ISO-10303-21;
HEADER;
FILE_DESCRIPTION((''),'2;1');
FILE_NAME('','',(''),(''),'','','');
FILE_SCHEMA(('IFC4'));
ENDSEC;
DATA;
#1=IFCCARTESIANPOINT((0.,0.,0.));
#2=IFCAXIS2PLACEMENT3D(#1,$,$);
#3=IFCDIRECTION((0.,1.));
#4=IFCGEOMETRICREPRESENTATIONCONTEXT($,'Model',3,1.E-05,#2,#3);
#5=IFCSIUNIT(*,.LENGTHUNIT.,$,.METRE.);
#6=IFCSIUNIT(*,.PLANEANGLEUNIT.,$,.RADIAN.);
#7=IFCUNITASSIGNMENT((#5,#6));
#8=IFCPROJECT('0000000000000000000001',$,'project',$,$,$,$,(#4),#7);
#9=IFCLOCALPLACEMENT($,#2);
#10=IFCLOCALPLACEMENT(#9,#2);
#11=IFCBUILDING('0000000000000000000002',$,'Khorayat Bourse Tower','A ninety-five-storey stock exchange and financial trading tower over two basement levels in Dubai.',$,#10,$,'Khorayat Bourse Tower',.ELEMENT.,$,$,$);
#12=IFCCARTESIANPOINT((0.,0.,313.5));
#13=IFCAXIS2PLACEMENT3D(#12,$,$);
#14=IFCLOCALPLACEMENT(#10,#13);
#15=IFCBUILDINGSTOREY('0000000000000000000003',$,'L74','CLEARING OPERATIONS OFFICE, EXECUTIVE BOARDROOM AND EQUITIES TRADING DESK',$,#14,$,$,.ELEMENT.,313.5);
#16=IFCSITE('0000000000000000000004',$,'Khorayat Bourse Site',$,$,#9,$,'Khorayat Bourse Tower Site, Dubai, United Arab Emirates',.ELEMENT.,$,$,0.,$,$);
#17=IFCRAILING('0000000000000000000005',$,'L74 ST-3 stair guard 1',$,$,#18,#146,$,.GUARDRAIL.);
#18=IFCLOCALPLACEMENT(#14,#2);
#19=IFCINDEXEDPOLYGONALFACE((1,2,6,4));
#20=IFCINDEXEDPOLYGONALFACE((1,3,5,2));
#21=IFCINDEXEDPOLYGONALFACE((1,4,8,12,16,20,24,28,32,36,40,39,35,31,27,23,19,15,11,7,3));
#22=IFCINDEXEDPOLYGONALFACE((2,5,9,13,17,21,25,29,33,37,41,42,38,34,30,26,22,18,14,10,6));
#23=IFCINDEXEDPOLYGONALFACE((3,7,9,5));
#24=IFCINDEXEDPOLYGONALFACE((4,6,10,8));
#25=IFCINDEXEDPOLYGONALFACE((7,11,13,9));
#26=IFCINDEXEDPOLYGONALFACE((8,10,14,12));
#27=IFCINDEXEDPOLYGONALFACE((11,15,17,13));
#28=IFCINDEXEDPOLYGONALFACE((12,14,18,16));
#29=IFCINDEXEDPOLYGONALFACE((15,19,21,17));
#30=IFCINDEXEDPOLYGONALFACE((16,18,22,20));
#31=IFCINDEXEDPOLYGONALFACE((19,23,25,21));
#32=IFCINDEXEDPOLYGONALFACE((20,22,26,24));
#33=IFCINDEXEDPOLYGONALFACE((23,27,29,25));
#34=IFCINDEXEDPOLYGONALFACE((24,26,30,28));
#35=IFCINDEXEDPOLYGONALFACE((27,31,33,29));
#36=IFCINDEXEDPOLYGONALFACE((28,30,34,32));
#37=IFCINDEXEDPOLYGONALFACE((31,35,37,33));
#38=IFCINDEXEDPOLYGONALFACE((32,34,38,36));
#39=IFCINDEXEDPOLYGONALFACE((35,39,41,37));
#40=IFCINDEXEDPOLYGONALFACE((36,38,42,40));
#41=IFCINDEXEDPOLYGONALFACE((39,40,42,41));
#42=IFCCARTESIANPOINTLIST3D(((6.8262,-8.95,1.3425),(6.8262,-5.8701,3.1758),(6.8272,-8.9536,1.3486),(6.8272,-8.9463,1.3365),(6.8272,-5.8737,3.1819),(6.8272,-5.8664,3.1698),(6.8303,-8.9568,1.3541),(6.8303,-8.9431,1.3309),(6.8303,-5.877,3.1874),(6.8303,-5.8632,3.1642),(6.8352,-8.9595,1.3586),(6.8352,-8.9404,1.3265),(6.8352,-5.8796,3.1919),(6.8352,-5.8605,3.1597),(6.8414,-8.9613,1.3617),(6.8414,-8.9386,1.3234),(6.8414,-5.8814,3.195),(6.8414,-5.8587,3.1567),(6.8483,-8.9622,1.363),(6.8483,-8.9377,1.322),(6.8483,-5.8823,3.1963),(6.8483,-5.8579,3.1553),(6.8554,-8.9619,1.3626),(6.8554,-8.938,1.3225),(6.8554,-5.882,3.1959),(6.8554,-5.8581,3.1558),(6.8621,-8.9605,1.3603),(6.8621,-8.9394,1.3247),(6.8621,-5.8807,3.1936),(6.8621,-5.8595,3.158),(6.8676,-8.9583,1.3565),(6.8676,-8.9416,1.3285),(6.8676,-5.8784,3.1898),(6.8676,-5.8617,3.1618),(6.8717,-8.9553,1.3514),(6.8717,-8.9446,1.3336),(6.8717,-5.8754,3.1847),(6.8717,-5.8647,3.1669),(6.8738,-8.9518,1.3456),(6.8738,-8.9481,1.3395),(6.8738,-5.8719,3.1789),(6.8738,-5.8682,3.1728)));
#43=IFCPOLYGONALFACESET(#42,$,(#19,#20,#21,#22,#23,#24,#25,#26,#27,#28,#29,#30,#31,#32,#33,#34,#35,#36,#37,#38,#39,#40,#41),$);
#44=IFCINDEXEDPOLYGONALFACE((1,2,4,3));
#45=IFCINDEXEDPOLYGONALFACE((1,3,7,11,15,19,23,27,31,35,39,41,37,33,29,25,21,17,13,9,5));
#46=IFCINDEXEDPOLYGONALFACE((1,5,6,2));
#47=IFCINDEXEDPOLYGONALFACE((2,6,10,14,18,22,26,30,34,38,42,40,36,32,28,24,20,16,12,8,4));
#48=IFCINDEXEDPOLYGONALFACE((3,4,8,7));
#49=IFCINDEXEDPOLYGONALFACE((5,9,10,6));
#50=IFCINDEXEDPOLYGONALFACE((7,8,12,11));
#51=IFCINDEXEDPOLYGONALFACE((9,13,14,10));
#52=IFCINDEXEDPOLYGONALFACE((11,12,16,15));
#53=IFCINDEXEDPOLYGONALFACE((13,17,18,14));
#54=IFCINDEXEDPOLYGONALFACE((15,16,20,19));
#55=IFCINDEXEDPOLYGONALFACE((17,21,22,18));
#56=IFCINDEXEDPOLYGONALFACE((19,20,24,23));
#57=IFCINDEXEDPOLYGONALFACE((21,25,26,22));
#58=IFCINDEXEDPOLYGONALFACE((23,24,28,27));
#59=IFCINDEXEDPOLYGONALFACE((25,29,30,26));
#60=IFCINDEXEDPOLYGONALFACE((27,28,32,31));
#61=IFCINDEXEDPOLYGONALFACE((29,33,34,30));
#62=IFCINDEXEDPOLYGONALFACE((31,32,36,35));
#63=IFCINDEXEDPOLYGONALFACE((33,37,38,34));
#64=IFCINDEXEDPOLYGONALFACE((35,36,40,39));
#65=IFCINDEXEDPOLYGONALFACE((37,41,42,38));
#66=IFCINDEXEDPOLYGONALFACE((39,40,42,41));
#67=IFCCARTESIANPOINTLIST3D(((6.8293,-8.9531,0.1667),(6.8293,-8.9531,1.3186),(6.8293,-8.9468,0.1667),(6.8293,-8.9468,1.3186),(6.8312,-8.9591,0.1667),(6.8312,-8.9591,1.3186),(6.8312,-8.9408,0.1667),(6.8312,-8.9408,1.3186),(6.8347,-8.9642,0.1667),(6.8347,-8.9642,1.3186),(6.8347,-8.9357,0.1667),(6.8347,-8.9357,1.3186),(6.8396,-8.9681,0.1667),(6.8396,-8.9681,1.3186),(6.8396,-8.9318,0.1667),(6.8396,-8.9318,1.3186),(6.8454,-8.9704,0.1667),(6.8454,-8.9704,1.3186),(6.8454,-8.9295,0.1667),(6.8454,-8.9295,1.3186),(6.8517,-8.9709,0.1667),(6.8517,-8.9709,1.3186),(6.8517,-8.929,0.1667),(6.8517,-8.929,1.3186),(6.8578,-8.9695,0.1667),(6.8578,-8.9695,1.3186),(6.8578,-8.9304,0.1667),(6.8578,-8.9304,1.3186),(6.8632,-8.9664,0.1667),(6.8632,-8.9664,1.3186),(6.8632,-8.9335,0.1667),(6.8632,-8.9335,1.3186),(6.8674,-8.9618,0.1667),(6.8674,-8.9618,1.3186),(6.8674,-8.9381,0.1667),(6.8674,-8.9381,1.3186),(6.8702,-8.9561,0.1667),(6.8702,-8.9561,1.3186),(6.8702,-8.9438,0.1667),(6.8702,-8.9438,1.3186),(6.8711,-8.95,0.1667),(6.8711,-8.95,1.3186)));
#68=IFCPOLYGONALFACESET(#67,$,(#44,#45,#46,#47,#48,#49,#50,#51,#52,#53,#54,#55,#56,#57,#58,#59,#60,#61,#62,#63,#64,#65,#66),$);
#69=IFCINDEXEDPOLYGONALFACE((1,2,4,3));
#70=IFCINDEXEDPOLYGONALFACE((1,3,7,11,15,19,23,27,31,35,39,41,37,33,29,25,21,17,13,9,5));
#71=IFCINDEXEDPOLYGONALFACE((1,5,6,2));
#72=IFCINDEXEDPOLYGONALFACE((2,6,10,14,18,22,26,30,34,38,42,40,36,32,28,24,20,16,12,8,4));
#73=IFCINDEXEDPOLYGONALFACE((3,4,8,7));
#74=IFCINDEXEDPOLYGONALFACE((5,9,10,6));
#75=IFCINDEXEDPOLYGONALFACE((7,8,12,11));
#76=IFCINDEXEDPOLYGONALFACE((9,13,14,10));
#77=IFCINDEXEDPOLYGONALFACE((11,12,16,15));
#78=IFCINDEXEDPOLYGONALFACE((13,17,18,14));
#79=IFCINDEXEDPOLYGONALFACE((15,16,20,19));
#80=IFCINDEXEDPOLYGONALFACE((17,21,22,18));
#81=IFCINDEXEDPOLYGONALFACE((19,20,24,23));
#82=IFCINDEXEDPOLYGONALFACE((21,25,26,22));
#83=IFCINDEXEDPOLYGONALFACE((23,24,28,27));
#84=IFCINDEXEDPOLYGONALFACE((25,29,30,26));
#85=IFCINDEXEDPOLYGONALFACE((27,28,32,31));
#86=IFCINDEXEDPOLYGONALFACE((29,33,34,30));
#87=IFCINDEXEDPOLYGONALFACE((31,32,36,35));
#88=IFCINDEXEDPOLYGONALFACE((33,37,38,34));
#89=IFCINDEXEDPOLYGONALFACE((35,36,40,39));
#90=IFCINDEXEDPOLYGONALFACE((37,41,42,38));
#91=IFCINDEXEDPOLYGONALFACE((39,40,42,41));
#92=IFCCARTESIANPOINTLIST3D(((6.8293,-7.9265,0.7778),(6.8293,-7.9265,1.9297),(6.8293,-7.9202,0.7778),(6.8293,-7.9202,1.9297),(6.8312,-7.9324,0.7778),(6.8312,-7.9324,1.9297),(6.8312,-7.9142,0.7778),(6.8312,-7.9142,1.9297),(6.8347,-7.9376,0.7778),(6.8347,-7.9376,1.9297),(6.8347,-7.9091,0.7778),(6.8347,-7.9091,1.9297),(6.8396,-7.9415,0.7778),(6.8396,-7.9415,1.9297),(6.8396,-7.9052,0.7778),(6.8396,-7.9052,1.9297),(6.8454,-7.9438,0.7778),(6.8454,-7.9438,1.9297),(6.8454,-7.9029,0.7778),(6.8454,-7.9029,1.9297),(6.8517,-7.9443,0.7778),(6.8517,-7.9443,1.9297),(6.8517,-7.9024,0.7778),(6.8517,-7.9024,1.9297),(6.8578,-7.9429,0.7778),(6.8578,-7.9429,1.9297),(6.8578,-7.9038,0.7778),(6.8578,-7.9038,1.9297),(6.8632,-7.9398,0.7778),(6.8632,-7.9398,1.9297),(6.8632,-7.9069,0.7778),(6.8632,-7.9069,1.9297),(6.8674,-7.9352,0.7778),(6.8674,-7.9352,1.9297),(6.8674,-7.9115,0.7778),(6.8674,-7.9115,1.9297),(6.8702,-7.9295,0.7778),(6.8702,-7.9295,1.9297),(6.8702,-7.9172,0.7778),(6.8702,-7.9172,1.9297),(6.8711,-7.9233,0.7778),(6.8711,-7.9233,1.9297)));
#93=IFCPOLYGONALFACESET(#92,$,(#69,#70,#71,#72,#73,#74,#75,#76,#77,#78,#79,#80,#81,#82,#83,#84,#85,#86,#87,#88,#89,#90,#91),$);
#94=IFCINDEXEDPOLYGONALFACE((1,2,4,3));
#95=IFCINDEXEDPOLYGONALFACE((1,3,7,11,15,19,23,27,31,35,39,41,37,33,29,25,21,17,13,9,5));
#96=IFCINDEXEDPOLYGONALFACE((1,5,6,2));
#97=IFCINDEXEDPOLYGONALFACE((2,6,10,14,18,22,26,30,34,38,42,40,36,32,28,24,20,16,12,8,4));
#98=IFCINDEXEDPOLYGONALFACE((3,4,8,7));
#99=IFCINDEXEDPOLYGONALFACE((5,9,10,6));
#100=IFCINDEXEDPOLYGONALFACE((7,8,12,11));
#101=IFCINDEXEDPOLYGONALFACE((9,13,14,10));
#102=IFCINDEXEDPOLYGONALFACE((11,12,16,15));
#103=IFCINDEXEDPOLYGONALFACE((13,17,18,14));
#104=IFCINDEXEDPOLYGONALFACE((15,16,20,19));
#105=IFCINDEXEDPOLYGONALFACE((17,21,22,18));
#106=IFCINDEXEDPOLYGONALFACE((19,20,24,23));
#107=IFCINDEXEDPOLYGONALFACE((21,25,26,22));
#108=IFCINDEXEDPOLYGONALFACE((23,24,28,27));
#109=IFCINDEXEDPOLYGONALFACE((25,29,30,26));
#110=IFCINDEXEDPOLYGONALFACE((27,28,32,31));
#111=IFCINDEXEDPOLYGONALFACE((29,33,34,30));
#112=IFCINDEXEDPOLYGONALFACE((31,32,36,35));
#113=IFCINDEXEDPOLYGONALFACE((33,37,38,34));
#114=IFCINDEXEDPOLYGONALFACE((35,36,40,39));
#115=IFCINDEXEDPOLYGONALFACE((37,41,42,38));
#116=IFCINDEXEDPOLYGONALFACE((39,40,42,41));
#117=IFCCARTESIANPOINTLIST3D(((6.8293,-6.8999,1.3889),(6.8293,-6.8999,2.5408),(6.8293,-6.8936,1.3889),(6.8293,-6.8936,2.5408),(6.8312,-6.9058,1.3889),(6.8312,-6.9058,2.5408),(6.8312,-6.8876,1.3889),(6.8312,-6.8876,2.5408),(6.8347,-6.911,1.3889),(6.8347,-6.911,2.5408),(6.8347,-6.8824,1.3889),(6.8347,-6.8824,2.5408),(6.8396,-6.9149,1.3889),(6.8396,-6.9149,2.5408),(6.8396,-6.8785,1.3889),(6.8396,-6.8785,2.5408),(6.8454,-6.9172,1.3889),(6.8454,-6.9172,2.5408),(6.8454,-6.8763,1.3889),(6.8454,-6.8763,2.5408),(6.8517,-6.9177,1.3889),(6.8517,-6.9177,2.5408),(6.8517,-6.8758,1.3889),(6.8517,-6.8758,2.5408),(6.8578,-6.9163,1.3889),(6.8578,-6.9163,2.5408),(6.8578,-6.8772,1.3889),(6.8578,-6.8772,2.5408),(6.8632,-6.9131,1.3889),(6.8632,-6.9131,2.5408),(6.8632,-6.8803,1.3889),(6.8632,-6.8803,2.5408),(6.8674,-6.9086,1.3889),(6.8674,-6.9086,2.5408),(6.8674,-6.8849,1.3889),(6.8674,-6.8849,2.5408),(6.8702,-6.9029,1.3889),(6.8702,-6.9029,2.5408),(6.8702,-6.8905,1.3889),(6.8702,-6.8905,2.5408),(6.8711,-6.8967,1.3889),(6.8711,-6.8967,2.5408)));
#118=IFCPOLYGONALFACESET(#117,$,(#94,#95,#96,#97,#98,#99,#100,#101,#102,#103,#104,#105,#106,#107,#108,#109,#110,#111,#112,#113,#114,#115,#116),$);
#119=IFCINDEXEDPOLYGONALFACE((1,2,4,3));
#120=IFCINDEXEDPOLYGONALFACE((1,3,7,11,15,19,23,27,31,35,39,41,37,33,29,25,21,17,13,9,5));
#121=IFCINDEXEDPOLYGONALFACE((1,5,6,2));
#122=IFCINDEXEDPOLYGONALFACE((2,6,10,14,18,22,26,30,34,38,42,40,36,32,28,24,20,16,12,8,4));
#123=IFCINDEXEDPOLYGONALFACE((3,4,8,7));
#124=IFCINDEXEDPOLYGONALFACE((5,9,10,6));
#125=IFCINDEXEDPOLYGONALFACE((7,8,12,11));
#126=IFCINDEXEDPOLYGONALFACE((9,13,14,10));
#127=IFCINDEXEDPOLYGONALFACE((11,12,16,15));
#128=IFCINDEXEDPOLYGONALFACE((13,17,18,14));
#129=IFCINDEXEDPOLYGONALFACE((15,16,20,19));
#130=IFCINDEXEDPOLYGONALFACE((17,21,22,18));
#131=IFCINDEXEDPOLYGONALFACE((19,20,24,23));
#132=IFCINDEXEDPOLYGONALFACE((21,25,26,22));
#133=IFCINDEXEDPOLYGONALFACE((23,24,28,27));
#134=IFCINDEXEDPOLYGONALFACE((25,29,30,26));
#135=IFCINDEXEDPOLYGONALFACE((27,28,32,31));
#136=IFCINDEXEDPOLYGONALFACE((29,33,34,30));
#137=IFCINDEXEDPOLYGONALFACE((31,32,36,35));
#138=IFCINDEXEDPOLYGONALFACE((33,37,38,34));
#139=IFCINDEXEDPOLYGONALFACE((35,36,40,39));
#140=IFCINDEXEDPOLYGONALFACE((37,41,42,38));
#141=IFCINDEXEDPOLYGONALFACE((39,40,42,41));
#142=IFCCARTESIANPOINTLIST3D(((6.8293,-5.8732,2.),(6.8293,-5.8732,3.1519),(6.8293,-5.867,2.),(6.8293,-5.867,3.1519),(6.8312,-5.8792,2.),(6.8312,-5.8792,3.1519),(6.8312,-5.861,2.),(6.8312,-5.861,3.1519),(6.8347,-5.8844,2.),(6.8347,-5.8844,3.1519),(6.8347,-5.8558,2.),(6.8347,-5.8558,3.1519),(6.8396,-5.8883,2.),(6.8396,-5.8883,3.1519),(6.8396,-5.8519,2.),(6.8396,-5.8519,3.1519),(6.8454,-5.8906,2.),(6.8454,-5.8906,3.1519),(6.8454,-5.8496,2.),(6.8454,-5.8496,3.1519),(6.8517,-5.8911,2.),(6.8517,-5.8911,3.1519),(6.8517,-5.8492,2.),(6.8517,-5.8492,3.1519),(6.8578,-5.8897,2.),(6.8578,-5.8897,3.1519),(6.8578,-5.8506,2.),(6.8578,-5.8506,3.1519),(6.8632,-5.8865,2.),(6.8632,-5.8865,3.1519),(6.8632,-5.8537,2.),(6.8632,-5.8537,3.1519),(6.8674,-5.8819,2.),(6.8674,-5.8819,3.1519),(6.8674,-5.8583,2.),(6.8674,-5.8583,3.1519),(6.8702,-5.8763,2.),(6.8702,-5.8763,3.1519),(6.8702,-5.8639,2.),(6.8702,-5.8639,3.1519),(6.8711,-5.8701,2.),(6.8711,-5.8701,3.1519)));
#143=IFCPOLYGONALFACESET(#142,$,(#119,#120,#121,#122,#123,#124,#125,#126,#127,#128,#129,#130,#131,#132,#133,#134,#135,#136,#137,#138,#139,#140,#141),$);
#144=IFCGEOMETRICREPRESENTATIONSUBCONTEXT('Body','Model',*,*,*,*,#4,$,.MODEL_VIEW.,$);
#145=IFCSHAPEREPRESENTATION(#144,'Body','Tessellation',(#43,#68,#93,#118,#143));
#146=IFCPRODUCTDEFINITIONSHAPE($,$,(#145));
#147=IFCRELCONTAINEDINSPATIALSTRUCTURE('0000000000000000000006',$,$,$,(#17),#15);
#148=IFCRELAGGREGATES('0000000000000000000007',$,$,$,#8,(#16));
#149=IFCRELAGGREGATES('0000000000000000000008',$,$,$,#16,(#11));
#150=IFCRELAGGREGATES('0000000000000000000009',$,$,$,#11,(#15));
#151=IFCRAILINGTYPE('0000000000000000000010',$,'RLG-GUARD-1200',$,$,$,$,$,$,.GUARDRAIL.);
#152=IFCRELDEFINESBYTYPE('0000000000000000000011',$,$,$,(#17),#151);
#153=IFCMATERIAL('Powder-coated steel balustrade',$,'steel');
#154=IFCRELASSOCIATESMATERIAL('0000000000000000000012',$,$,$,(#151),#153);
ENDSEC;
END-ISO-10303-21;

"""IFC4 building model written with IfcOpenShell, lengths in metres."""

from ifc_helpers import new_model, si_unit, direction, frame, origin, origin_2d, place, context, subcontext, project, spatial, circle, extrude, source, transform, mapped, material, type_object, element, save


model = new_model("IFC4")

# Units and contexts
model_context = context("Model", 3, precision=1e-05, world=origin(), true_north=direction((0.0, 1.0)))
body_context = subcontext(model_context, "Body", "Model", "MODEL_VIEW")
ifc_project = project(units=[si_unit("LENGTHUNIT", "METRE"), si_unit("PLANEANGLEUNIT", "RADIAN")], contexts=[model_context])

# Site, building, storey
site_placement = place(None, origin())
site = spatial("IfcSite", under=ifc_project, at=site_placement, Name="Khorayat Bourse Site", LongName="Khorayat Bourse Tower Site, Dubai, United Arab Emirates", CompositionType="ELEMENT", RefElevation=0.0)
building_placement = place(site_placement, origin())
building = spatial("IfcBuilding", under=site, at=building_placement, Name="Khorayat Bourse Tower", Description="A ninety-five-storey stock exchange and financial trading tower over two basement levels in Dubai.", LongName="Khorayat Bourse Tower", CompositionType="ELEMENT")
storey_placement = place(building_placement, frame((0.0, 0.0, 313.5)))
storey = spatial("IfcBuildingStorey", under=building, at=storey_placement, Name="L74", Description="CLEARING OPERATIONS OFFICE, EXECUTIVE BOARDROOM AND EQUITIES TRADING DESK", CompositionType="ELEMENT", Elevation=313.5)

# Railing
ifc_material_1 = material(Name="Powder-coated steel balustrade", Category="steel")
railing_type_1 = type_object("IfcRailingType", Name="RLG-GUARD-1200", PredefinedType="GUARDRAIL", material=ifc_material_1)
shared_shape_1 = source(origin(), body_context, "Body", "SweptSolid", [
    extrude(circle(Radius=0.0239, at=origin_2d()), frame((0.0, 0.0, 1.1758), z_axis=(0.0, 0.859291, 0.511487), x_axis=(-1.0, 0.0, 0.0)), (0.0, 0.0, 1.0), 3.5842),
    extrude(circle(Radius=0.021, at=origin_2d()), origin(), (0.0, 0.0, 1.0), 1.1519),
    extrude(circle(Radius=0.021, at=origin_2d()), frame((0.0, 1.0266, 0.6111)), (0.0, 0.0, 1.0), 1.1519),
    extrude(circle(Radius=0.021, at=origin_2d()), frame((0.0, 2.0532, 1.2222)), (0.0, 0.0, 1.0), 1.1519),
    extrude(circle(Radius=0.021, at=origin_2d()), frame((0.0, 3.0798, 1.8333)), (0.0, 0.0, 1.0), 1.1519),
])
railing_1_placement = place(storey_placement, frame((6.8501, -8.95, 0.1667)))
element("IfcRailing", 1, at=railing_1_placement, inside=storey, type_object=railing_type_1, Name="L74 ST-3 stair guard 1", PredefinedType="GUARDRAIL", context=body_context, shape_type="MappedRepresentation", body=[
    mapped(shared_shape_1, transform((0.0, 0.0, 0.0), scale=1.0)),
])

save(model, "model.ifc")
